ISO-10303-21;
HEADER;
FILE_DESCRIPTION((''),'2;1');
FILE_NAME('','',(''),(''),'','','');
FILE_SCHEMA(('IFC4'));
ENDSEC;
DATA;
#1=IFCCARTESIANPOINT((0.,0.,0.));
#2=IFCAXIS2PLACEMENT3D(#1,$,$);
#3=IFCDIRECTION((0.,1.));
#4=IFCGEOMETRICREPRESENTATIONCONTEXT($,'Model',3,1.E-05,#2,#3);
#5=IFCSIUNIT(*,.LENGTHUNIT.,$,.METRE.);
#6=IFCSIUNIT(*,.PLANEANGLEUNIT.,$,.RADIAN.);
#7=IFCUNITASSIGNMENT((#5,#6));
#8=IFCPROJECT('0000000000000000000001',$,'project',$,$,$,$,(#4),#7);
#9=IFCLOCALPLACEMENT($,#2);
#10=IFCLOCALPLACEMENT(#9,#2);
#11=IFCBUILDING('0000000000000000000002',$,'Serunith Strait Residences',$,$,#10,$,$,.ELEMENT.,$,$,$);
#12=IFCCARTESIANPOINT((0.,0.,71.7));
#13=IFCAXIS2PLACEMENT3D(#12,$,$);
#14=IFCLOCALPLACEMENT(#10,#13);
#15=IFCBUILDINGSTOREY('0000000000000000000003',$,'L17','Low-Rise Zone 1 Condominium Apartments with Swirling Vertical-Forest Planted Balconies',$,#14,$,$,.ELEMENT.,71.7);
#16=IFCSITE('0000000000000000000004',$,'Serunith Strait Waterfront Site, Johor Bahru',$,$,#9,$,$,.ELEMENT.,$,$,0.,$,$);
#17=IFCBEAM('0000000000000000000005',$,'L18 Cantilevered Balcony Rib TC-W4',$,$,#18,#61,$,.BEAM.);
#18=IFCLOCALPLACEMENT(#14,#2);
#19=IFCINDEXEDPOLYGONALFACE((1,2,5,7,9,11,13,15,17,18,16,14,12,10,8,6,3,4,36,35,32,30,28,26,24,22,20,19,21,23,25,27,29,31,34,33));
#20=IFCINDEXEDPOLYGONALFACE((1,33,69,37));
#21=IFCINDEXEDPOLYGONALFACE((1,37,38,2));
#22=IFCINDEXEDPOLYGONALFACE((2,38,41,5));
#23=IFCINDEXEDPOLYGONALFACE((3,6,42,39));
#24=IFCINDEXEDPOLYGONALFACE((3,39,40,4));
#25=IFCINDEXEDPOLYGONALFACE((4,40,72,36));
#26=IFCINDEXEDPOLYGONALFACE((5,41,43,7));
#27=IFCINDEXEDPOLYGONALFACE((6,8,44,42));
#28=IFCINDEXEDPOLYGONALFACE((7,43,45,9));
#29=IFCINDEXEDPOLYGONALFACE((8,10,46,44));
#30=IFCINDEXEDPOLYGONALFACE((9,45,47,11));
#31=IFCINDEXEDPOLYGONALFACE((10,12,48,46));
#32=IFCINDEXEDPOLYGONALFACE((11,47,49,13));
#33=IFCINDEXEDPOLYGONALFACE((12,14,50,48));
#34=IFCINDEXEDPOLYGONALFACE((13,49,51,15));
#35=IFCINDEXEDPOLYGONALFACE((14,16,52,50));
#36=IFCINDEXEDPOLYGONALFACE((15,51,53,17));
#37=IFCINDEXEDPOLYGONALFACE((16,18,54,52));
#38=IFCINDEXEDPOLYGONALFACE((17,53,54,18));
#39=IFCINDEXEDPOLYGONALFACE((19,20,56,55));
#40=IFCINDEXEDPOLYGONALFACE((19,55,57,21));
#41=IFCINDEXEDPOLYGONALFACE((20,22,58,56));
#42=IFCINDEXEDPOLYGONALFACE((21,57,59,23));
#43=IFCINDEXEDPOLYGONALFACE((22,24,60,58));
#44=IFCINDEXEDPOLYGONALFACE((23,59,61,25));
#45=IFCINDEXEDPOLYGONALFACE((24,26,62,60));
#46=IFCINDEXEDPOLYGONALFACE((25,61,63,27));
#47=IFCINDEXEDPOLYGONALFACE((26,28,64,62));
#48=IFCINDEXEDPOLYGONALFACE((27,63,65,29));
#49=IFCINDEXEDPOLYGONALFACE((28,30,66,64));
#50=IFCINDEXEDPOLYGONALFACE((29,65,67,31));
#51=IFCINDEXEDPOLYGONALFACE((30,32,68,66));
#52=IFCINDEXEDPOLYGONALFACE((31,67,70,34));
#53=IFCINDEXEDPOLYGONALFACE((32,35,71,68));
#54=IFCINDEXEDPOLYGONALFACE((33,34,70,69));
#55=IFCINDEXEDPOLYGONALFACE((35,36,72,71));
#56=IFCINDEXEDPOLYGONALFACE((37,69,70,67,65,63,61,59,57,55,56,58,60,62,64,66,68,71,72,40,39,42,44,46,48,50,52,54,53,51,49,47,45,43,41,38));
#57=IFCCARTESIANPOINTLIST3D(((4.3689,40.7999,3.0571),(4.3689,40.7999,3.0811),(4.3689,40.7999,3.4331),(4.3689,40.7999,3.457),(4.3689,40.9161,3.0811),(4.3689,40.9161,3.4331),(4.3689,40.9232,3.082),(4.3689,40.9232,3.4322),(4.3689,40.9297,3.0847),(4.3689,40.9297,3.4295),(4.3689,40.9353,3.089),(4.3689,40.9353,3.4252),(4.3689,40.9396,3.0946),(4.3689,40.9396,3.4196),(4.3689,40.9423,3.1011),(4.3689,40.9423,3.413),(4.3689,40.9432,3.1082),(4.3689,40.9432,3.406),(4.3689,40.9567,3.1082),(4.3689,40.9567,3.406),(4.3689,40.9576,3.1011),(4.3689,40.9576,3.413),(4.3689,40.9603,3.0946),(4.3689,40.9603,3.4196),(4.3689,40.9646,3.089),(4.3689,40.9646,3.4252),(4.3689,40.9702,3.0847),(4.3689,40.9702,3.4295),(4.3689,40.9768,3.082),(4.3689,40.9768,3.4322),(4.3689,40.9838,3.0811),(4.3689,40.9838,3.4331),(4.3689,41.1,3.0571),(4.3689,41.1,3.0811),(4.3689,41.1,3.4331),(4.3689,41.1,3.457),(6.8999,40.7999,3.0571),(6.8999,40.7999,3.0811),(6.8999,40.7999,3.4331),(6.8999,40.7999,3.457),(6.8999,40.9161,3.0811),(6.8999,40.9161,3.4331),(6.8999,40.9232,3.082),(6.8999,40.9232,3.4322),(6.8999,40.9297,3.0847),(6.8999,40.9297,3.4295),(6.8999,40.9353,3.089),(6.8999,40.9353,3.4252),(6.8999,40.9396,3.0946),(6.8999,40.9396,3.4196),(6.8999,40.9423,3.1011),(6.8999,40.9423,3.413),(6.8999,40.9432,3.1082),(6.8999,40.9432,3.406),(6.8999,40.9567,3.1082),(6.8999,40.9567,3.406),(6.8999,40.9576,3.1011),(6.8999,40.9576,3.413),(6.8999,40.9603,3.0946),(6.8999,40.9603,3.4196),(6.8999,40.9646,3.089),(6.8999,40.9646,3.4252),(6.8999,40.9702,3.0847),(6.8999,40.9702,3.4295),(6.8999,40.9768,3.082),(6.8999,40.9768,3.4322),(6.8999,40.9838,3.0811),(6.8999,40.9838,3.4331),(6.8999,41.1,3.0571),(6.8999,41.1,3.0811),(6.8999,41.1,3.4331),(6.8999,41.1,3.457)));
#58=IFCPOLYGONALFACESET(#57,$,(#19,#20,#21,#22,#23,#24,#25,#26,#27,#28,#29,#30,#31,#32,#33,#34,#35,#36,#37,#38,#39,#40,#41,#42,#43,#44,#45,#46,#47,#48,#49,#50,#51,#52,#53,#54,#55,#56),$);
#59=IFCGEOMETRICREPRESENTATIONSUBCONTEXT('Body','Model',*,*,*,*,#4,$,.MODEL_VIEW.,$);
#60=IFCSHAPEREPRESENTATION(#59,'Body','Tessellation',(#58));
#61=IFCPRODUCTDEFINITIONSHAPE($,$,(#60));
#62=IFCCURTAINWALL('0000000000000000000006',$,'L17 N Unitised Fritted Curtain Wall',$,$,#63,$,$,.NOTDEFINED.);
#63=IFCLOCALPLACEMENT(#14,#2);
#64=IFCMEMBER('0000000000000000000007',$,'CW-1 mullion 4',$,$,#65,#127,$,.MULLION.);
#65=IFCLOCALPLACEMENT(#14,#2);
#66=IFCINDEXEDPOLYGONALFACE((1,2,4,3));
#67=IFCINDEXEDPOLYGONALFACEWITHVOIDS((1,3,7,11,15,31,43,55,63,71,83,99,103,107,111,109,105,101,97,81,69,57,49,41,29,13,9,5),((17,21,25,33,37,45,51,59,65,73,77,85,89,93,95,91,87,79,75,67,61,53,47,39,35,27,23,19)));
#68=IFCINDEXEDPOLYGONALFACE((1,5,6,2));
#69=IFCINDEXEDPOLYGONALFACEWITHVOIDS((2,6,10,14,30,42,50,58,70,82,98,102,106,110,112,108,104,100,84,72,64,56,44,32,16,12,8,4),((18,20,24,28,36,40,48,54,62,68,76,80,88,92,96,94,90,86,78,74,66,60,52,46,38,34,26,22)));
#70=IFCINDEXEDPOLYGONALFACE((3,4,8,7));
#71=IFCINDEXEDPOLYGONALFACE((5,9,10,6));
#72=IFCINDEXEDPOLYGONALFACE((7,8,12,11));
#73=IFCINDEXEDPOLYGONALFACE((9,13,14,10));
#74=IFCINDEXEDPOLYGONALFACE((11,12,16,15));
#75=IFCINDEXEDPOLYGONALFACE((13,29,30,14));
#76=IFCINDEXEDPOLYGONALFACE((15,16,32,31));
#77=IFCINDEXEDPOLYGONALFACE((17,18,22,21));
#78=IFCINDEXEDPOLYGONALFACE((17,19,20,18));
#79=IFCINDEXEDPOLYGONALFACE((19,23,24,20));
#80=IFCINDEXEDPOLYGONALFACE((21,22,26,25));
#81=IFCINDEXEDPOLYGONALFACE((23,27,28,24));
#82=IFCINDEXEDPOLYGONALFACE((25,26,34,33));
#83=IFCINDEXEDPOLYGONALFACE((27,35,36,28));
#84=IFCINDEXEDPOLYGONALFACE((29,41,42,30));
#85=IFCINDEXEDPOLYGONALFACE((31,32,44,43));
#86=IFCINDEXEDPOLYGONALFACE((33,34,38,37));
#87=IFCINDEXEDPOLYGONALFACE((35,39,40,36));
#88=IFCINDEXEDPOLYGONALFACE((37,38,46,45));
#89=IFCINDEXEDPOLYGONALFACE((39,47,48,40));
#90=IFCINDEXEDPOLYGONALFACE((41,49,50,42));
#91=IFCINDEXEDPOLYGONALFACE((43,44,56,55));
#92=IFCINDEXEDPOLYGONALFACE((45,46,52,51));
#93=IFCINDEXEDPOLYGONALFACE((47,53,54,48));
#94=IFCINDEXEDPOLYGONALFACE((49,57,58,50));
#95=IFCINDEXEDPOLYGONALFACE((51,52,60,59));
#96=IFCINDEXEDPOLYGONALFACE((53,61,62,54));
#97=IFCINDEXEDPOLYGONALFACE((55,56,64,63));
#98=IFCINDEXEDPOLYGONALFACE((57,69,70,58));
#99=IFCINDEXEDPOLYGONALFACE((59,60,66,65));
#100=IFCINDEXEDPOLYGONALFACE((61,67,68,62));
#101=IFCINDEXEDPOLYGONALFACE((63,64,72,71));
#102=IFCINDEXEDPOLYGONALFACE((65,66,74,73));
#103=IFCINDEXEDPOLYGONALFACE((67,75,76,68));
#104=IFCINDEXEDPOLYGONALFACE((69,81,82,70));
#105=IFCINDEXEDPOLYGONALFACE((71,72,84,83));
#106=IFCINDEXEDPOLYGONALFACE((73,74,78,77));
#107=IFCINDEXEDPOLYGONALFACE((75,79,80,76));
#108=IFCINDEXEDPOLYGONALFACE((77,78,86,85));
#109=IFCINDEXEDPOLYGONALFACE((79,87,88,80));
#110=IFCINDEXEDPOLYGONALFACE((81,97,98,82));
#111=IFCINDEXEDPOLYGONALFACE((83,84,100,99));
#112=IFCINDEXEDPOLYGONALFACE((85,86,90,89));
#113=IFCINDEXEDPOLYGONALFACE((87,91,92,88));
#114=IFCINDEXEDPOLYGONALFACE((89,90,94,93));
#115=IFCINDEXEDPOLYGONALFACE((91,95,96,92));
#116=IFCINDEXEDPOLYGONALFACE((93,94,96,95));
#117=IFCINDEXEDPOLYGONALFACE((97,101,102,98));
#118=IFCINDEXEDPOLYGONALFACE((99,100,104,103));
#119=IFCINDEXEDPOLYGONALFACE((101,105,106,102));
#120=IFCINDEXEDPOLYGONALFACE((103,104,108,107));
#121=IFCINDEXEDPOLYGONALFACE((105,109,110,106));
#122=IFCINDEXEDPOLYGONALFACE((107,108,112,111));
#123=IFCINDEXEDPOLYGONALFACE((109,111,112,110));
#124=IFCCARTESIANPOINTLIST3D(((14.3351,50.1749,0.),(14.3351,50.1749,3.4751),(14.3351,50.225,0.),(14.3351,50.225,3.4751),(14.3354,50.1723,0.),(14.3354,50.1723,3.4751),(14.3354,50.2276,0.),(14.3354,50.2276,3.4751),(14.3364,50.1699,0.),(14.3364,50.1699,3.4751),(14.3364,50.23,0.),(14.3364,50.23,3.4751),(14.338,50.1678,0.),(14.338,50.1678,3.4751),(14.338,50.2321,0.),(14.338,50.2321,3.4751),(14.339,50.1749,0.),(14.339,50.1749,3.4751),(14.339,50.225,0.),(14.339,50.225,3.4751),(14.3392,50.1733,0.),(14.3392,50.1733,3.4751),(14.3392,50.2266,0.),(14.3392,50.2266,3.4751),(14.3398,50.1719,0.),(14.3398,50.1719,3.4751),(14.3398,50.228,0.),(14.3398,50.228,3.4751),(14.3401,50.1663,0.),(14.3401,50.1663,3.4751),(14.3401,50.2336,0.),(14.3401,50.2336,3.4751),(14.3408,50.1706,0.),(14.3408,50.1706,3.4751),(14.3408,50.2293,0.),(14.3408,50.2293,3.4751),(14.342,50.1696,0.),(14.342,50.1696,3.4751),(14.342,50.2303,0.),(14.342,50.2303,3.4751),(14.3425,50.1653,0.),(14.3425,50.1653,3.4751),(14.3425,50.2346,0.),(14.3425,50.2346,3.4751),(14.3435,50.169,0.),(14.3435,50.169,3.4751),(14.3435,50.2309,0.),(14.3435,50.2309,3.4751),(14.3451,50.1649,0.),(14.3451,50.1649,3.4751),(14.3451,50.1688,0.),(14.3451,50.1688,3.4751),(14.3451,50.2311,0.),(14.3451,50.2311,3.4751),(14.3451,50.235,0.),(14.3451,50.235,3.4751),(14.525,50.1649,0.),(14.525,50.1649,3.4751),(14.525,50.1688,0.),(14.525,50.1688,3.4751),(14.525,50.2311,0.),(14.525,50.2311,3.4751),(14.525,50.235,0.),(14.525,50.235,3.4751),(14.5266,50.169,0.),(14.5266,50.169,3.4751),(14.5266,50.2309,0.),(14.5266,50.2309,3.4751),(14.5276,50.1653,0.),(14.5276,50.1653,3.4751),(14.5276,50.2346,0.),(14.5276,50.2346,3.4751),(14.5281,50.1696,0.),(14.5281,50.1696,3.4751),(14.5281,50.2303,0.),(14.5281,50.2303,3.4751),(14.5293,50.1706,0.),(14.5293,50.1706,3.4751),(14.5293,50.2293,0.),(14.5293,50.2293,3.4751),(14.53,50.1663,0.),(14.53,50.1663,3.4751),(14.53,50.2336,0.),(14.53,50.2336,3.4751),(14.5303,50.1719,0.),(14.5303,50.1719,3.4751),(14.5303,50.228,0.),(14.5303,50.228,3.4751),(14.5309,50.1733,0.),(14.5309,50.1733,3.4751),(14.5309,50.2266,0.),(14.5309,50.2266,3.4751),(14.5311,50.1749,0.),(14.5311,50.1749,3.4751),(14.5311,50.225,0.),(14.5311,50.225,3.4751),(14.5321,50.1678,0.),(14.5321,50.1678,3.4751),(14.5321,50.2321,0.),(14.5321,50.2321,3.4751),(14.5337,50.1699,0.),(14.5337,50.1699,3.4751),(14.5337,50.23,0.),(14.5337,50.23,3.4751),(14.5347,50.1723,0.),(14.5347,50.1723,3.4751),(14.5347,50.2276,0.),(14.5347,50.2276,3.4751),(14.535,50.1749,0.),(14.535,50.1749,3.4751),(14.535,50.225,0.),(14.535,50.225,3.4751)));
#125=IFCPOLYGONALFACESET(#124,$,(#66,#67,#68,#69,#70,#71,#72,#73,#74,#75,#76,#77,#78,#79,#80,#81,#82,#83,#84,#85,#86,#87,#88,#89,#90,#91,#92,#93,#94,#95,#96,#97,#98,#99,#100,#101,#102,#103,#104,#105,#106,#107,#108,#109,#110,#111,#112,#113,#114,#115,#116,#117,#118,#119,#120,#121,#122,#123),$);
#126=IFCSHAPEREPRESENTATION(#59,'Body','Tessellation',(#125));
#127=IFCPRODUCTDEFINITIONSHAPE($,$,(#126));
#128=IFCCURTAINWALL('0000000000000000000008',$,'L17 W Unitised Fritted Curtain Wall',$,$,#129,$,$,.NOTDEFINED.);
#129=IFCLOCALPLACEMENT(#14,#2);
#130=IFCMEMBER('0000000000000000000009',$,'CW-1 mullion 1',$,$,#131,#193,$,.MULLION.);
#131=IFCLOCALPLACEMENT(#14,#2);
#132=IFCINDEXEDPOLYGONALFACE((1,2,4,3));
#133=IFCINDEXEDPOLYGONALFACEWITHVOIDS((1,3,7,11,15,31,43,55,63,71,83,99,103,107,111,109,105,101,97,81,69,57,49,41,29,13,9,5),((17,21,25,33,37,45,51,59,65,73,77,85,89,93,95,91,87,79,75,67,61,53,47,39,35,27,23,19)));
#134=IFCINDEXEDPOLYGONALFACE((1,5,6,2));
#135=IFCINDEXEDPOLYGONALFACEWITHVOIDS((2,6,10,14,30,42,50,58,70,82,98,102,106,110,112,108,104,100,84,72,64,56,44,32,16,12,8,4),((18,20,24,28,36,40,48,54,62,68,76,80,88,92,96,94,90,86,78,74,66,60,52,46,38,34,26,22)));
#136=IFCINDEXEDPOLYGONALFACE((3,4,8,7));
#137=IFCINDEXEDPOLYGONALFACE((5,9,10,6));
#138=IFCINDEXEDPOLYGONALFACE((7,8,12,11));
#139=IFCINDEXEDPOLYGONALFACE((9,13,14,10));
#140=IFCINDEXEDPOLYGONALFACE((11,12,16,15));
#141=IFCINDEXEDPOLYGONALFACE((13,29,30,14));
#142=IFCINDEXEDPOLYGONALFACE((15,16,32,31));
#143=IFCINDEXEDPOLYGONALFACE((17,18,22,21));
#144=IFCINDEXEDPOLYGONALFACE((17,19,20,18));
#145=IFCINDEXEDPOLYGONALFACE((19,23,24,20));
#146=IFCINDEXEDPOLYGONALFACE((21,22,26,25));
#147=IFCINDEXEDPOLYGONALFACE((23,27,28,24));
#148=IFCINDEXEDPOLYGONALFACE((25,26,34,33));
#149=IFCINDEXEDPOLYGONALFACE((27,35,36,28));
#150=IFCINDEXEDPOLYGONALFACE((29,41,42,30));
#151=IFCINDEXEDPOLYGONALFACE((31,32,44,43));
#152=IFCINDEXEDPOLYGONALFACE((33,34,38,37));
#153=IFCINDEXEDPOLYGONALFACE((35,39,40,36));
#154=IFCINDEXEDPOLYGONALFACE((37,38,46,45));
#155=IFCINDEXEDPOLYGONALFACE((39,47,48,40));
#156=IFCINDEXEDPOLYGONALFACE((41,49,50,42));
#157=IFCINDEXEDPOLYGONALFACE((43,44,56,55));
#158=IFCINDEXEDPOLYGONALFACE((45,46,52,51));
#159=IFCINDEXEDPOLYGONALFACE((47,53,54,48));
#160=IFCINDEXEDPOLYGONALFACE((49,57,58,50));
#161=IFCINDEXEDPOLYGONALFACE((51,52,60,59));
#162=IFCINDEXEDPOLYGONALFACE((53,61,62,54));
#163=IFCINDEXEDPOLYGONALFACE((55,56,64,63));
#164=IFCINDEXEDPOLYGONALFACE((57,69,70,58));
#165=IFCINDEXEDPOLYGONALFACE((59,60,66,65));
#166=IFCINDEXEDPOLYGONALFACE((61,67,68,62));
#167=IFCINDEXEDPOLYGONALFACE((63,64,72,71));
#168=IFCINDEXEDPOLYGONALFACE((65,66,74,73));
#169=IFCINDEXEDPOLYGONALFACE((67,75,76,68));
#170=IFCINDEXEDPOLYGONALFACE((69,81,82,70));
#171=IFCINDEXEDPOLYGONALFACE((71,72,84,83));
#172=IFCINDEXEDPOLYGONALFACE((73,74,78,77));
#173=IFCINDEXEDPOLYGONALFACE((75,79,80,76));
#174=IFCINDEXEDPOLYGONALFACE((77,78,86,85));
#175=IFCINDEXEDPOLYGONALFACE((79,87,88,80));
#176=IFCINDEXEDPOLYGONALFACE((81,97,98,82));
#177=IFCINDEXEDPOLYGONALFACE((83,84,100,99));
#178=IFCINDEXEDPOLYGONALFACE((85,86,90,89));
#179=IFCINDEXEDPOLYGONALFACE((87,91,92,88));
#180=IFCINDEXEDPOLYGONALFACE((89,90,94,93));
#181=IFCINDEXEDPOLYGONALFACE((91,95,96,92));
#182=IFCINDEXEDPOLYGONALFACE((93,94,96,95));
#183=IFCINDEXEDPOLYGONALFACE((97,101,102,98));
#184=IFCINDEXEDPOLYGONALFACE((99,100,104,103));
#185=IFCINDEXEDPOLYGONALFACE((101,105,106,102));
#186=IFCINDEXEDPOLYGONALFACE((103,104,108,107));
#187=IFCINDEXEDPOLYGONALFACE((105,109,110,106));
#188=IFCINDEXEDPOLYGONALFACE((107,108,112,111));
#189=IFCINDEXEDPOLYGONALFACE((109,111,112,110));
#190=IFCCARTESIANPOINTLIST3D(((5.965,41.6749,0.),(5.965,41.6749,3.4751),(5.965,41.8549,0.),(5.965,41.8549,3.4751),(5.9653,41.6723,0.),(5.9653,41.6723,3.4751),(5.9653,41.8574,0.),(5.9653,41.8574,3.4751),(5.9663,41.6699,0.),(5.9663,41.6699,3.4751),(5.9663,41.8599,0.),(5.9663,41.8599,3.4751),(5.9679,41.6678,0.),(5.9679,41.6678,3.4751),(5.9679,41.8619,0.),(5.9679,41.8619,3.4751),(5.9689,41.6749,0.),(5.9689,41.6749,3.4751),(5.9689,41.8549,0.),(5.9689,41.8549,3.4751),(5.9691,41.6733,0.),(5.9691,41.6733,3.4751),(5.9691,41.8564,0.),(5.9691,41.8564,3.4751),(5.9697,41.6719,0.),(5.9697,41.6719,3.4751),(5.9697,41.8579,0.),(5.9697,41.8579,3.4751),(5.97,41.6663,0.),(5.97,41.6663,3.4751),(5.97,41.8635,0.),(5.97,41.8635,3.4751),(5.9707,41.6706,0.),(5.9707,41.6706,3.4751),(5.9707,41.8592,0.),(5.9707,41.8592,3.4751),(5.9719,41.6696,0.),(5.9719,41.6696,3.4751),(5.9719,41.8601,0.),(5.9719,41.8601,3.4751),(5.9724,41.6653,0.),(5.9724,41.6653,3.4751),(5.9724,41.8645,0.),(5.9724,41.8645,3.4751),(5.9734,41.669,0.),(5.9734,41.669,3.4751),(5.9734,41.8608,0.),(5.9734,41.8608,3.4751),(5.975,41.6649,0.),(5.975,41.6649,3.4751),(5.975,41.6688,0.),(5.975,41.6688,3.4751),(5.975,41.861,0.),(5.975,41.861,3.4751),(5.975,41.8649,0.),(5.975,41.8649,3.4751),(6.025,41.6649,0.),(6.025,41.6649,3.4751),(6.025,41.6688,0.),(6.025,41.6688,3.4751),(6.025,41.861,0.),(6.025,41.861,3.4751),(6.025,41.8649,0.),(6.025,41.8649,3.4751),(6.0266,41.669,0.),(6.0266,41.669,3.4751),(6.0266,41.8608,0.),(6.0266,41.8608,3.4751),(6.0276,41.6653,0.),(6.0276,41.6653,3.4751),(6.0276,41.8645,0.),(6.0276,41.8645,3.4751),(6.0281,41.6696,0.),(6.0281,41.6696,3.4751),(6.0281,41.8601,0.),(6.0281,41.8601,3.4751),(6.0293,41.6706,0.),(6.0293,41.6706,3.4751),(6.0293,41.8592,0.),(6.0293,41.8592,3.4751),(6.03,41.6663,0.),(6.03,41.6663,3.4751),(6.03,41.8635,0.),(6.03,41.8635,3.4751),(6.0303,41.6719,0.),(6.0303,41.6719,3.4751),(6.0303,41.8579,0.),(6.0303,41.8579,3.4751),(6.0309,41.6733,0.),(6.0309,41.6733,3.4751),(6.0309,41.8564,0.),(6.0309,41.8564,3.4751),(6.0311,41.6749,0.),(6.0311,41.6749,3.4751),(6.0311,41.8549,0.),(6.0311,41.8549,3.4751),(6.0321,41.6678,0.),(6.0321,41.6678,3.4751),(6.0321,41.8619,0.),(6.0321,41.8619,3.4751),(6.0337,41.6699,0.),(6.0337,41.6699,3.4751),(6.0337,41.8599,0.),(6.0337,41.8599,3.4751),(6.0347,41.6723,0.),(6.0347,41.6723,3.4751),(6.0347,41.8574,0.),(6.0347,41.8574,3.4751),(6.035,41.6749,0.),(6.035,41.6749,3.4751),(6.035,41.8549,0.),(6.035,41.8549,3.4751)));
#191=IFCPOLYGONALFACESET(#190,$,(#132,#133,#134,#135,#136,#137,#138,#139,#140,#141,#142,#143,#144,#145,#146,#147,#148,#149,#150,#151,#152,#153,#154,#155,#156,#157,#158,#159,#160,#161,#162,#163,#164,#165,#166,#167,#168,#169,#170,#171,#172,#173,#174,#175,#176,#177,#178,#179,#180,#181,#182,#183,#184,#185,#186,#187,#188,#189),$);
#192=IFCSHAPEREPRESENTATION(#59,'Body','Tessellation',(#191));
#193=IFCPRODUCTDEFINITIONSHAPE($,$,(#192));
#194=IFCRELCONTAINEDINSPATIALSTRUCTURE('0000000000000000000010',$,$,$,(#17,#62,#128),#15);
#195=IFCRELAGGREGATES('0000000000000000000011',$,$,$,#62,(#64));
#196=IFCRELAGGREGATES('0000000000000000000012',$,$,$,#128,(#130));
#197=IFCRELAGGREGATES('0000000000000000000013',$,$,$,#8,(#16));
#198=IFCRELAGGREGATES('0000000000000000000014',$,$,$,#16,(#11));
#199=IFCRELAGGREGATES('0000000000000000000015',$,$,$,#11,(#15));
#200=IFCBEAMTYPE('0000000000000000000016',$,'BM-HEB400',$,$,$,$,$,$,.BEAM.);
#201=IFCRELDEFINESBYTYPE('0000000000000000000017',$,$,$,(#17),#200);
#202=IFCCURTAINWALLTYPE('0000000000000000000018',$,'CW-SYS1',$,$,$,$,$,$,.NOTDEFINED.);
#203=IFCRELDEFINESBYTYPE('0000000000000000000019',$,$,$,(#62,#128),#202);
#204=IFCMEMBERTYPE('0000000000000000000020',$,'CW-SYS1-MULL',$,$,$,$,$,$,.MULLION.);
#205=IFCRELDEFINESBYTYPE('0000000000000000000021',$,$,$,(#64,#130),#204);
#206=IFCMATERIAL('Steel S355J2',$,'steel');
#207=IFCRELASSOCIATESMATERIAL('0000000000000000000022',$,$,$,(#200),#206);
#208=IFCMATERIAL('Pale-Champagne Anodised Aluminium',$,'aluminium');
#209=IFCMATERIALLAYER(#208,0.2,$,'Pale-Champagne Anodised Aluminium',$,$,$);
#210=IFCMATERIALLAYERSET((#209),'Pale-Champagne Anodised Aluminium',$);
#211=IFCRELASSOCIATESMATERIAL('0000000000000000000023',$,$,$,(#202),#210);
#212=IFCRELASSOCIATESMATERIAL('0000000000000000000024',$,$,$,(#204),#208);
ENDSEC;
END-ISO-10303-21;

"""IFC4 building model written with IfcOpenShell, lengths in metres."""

from ifc_helpers import new_model, si_unit, direction, frame, origin, origin_2d, place, context, subcontext, project, spatial, hollow_rectangle, i_section, extrude, source, transform, mapped, material, layer, layer_set, material_profile, profile_set, type_object, element, aggregate, save


model = new_model("IFC4")

# Units and contexts
model_context = context("Model", 3, precision=1e-05, world=origin(), true_north=direction((0.0, 1.0)))
body_context = subcontext(model_context, "Body", "Model", "MODEL_VIEW")
ifc_project = project(units=[si_unit("LENGTHUNIT", "METRE"), si_unit("PLANEANGLEUNIT", "RADIAN")], contexts=[model_context])

# Site, building, storey
site_placement = place(None, origin())
site = spatial("IfcSite", under=ifc_project, at=site_placement, Name="Serunith Strait Waterfront Site, Johor Bahru", CompositionType="ELEMENT", RefElevation=0.0)
building_placement = place(site_placement, origin())
building = spatial("IfcBuilding", under=site, at=building_placement, Name="Serunith Strait Residences", CompositionType="ELEMENT")
storey_placement = place(building_placement, frame((0.0, 0.0, 71.7)))
storey = spatial("IfcBuildingStorey", under=building, at=storey_placement, Name="L17", Description="Low-Rise Zone 1 Condominium Apartments with Swirling Vertical-Forest Planted Balconies", CompositionType="ELEMENT", Elevation=71.7)

# Beam
ifc_material_1 = material(Name="Steel S355J2", Category="steel")
ifc_material_profile_1 = material_profile(ifc_material_1, i_section(OverallWidth=0.3, OverallDepth=0.3999, WebThickness=0.0134, FlangeThickness=0.0239, FilletRadius=0.0271, at=origin_2d()), Name="HEB 400")
ifc_profile_set_1 = profile_set([ifc_material_profile_1], Name="Steel S355J2")
beam_type_1 = type_object("IfcBeamType", Name="BM-HEB400", PredefinedType="BEAM", material=ifc_profile_set_1)
shared_shape_1 = source(origin(), body_context, "Body", "SweptSolid", [
    extrude(i_section(OverallWidth=0.3, OverallDepth=0.3999, WebThickness=0.0134, FlangeThickness=0.0239, FilletRadius=0.0271, at=origin_2d()), origin(), (0.0, 0.0, 1.0), 2.531),
])
beam_1_placement = place(storey_placement, frame((6.8999, 40.95, 3.2571), z_axis=(-1.0, 0.0, 0.0), x_axis=(0.0, -1.0, 0.0)))
element("IfcBeam", 1, at=beam_1_placement, inside=storey, type_object=beam_type_1, Name="L18 Cantilevered Balcony Rib TC-W4", PredefinedType="BEAM", context=body_context, shape_type="MappedRepresentation", body=[
    mapped(shared_shape_1, transform((0.0, 0.0, 0.0), scale=1.0)),
])

# Curtain wall, member
ifc_material_2 = material(Name="Pale-Champagne Anodised Aluminium", Category="aluminium")
ifc_layer_1 = layer(ifc_material_2, 0.2, Name="Pale-Champagne Anodised Aluminium")
ifc_layer_set_1 = layer_set([ifc_layer_1], Name="Pale-Champagne Anodised Aluminium")
curtain_wall_type = type_object("IfcCurtainWallType", Name="CW-SYS1", PredefinedType="NOTDEFINED", material=ifc_layer_set_1)
curtain_wall_1_placement = place(storey_placement, origin())
curtain_wall_1 = element("IfcCurtainWall", 2, at=curtain_wall_1_placement, inside=storey, type_object=curtain_wall_type, Name="L17 N Unitised Fritted Curtain Wall", PredefinedType="NOTDEFINED")
ifc_material_profile_2 = material_profile(ifc_material_2, hollow_rectangle(XDim=0.0701, YDim=0.2, WallThickness=0.0039, InnerFilletRadius=0.0061, OuterFilletRadius=0.01, at=origin_2d()), Name="ALU 200x70x4")
ifc_profile_set_2 = profile_set([ifc_material_profile_2], Name="Pale-Champagne Anodised Aluminium")
member_type_1 = type_object("IfcMemberType", Name="CW-SYS1-MULL", PredefinedType="MULLION", material=ifc_profile_set_2)
shared_shape_2 = source(origin(), body_context, "Body", "SweptSolid", [
    extrude(hollow_rectangle(XDim=0.0701, YDim=0.2, WallThickness=0.0039, InnerFilletRadius=0.0061, OuterFilletRadius=0.01, at=origin_2d()), origin(), (0.0, 0.0, 1.0), 3.4751),
])
member_1_placement = place(storey_placement, frame((14.4351, 50.2, 0.0), z_axis=(0.0, 0.0, 1.0), x_axis=(0.0, -1.0, 0.0)))
member_1 = element("IfcMember", 3, at=member_1_placement, type_object=member_type_1, Name="CW-1 mullion 4", PredefinedType="MULLION", context=body_context, shape_type="MappedRepresentation", body=[
    mapped(shared_shape_2, transform((0.0, 0.0, 0.0), scale=1.0)),
])
aggregate(curtain_wall_1, [member_1])

# Curtain wall, member
curtain_wall_2_placement = place(storey_placement, origin())
curtain_wall_2 = element("IfcCurtainWall", 4, at=curtain_wall_2_placement, inside=storey, type_object=curtain_wall_type, Name="L17 W Unitised Fritted Curtain Wall", PredefinedType="NOTDEFINED")
member_2_placement = place(storey_placement, frame((6.0, 41.7649, 0.0), z_axis=(0.0, 0.0, 1.0), x_axis=(1.0, 0.0, 0.0)))
member_2 = element("IfcMember", 5, at=member_2_placement, type_object=member_type_1, Name="CW-1 mullion 1", PredefinedType="MULLION", context=body_context, shape_type="MappedRepresentation", body=[
    mapped(shared_shape_2, transform((0.0, 0.0, 0.0), scale=1.0)),
])
aggregate(curtain_wall_2, [member_2])

save(model, "model.ifc")
